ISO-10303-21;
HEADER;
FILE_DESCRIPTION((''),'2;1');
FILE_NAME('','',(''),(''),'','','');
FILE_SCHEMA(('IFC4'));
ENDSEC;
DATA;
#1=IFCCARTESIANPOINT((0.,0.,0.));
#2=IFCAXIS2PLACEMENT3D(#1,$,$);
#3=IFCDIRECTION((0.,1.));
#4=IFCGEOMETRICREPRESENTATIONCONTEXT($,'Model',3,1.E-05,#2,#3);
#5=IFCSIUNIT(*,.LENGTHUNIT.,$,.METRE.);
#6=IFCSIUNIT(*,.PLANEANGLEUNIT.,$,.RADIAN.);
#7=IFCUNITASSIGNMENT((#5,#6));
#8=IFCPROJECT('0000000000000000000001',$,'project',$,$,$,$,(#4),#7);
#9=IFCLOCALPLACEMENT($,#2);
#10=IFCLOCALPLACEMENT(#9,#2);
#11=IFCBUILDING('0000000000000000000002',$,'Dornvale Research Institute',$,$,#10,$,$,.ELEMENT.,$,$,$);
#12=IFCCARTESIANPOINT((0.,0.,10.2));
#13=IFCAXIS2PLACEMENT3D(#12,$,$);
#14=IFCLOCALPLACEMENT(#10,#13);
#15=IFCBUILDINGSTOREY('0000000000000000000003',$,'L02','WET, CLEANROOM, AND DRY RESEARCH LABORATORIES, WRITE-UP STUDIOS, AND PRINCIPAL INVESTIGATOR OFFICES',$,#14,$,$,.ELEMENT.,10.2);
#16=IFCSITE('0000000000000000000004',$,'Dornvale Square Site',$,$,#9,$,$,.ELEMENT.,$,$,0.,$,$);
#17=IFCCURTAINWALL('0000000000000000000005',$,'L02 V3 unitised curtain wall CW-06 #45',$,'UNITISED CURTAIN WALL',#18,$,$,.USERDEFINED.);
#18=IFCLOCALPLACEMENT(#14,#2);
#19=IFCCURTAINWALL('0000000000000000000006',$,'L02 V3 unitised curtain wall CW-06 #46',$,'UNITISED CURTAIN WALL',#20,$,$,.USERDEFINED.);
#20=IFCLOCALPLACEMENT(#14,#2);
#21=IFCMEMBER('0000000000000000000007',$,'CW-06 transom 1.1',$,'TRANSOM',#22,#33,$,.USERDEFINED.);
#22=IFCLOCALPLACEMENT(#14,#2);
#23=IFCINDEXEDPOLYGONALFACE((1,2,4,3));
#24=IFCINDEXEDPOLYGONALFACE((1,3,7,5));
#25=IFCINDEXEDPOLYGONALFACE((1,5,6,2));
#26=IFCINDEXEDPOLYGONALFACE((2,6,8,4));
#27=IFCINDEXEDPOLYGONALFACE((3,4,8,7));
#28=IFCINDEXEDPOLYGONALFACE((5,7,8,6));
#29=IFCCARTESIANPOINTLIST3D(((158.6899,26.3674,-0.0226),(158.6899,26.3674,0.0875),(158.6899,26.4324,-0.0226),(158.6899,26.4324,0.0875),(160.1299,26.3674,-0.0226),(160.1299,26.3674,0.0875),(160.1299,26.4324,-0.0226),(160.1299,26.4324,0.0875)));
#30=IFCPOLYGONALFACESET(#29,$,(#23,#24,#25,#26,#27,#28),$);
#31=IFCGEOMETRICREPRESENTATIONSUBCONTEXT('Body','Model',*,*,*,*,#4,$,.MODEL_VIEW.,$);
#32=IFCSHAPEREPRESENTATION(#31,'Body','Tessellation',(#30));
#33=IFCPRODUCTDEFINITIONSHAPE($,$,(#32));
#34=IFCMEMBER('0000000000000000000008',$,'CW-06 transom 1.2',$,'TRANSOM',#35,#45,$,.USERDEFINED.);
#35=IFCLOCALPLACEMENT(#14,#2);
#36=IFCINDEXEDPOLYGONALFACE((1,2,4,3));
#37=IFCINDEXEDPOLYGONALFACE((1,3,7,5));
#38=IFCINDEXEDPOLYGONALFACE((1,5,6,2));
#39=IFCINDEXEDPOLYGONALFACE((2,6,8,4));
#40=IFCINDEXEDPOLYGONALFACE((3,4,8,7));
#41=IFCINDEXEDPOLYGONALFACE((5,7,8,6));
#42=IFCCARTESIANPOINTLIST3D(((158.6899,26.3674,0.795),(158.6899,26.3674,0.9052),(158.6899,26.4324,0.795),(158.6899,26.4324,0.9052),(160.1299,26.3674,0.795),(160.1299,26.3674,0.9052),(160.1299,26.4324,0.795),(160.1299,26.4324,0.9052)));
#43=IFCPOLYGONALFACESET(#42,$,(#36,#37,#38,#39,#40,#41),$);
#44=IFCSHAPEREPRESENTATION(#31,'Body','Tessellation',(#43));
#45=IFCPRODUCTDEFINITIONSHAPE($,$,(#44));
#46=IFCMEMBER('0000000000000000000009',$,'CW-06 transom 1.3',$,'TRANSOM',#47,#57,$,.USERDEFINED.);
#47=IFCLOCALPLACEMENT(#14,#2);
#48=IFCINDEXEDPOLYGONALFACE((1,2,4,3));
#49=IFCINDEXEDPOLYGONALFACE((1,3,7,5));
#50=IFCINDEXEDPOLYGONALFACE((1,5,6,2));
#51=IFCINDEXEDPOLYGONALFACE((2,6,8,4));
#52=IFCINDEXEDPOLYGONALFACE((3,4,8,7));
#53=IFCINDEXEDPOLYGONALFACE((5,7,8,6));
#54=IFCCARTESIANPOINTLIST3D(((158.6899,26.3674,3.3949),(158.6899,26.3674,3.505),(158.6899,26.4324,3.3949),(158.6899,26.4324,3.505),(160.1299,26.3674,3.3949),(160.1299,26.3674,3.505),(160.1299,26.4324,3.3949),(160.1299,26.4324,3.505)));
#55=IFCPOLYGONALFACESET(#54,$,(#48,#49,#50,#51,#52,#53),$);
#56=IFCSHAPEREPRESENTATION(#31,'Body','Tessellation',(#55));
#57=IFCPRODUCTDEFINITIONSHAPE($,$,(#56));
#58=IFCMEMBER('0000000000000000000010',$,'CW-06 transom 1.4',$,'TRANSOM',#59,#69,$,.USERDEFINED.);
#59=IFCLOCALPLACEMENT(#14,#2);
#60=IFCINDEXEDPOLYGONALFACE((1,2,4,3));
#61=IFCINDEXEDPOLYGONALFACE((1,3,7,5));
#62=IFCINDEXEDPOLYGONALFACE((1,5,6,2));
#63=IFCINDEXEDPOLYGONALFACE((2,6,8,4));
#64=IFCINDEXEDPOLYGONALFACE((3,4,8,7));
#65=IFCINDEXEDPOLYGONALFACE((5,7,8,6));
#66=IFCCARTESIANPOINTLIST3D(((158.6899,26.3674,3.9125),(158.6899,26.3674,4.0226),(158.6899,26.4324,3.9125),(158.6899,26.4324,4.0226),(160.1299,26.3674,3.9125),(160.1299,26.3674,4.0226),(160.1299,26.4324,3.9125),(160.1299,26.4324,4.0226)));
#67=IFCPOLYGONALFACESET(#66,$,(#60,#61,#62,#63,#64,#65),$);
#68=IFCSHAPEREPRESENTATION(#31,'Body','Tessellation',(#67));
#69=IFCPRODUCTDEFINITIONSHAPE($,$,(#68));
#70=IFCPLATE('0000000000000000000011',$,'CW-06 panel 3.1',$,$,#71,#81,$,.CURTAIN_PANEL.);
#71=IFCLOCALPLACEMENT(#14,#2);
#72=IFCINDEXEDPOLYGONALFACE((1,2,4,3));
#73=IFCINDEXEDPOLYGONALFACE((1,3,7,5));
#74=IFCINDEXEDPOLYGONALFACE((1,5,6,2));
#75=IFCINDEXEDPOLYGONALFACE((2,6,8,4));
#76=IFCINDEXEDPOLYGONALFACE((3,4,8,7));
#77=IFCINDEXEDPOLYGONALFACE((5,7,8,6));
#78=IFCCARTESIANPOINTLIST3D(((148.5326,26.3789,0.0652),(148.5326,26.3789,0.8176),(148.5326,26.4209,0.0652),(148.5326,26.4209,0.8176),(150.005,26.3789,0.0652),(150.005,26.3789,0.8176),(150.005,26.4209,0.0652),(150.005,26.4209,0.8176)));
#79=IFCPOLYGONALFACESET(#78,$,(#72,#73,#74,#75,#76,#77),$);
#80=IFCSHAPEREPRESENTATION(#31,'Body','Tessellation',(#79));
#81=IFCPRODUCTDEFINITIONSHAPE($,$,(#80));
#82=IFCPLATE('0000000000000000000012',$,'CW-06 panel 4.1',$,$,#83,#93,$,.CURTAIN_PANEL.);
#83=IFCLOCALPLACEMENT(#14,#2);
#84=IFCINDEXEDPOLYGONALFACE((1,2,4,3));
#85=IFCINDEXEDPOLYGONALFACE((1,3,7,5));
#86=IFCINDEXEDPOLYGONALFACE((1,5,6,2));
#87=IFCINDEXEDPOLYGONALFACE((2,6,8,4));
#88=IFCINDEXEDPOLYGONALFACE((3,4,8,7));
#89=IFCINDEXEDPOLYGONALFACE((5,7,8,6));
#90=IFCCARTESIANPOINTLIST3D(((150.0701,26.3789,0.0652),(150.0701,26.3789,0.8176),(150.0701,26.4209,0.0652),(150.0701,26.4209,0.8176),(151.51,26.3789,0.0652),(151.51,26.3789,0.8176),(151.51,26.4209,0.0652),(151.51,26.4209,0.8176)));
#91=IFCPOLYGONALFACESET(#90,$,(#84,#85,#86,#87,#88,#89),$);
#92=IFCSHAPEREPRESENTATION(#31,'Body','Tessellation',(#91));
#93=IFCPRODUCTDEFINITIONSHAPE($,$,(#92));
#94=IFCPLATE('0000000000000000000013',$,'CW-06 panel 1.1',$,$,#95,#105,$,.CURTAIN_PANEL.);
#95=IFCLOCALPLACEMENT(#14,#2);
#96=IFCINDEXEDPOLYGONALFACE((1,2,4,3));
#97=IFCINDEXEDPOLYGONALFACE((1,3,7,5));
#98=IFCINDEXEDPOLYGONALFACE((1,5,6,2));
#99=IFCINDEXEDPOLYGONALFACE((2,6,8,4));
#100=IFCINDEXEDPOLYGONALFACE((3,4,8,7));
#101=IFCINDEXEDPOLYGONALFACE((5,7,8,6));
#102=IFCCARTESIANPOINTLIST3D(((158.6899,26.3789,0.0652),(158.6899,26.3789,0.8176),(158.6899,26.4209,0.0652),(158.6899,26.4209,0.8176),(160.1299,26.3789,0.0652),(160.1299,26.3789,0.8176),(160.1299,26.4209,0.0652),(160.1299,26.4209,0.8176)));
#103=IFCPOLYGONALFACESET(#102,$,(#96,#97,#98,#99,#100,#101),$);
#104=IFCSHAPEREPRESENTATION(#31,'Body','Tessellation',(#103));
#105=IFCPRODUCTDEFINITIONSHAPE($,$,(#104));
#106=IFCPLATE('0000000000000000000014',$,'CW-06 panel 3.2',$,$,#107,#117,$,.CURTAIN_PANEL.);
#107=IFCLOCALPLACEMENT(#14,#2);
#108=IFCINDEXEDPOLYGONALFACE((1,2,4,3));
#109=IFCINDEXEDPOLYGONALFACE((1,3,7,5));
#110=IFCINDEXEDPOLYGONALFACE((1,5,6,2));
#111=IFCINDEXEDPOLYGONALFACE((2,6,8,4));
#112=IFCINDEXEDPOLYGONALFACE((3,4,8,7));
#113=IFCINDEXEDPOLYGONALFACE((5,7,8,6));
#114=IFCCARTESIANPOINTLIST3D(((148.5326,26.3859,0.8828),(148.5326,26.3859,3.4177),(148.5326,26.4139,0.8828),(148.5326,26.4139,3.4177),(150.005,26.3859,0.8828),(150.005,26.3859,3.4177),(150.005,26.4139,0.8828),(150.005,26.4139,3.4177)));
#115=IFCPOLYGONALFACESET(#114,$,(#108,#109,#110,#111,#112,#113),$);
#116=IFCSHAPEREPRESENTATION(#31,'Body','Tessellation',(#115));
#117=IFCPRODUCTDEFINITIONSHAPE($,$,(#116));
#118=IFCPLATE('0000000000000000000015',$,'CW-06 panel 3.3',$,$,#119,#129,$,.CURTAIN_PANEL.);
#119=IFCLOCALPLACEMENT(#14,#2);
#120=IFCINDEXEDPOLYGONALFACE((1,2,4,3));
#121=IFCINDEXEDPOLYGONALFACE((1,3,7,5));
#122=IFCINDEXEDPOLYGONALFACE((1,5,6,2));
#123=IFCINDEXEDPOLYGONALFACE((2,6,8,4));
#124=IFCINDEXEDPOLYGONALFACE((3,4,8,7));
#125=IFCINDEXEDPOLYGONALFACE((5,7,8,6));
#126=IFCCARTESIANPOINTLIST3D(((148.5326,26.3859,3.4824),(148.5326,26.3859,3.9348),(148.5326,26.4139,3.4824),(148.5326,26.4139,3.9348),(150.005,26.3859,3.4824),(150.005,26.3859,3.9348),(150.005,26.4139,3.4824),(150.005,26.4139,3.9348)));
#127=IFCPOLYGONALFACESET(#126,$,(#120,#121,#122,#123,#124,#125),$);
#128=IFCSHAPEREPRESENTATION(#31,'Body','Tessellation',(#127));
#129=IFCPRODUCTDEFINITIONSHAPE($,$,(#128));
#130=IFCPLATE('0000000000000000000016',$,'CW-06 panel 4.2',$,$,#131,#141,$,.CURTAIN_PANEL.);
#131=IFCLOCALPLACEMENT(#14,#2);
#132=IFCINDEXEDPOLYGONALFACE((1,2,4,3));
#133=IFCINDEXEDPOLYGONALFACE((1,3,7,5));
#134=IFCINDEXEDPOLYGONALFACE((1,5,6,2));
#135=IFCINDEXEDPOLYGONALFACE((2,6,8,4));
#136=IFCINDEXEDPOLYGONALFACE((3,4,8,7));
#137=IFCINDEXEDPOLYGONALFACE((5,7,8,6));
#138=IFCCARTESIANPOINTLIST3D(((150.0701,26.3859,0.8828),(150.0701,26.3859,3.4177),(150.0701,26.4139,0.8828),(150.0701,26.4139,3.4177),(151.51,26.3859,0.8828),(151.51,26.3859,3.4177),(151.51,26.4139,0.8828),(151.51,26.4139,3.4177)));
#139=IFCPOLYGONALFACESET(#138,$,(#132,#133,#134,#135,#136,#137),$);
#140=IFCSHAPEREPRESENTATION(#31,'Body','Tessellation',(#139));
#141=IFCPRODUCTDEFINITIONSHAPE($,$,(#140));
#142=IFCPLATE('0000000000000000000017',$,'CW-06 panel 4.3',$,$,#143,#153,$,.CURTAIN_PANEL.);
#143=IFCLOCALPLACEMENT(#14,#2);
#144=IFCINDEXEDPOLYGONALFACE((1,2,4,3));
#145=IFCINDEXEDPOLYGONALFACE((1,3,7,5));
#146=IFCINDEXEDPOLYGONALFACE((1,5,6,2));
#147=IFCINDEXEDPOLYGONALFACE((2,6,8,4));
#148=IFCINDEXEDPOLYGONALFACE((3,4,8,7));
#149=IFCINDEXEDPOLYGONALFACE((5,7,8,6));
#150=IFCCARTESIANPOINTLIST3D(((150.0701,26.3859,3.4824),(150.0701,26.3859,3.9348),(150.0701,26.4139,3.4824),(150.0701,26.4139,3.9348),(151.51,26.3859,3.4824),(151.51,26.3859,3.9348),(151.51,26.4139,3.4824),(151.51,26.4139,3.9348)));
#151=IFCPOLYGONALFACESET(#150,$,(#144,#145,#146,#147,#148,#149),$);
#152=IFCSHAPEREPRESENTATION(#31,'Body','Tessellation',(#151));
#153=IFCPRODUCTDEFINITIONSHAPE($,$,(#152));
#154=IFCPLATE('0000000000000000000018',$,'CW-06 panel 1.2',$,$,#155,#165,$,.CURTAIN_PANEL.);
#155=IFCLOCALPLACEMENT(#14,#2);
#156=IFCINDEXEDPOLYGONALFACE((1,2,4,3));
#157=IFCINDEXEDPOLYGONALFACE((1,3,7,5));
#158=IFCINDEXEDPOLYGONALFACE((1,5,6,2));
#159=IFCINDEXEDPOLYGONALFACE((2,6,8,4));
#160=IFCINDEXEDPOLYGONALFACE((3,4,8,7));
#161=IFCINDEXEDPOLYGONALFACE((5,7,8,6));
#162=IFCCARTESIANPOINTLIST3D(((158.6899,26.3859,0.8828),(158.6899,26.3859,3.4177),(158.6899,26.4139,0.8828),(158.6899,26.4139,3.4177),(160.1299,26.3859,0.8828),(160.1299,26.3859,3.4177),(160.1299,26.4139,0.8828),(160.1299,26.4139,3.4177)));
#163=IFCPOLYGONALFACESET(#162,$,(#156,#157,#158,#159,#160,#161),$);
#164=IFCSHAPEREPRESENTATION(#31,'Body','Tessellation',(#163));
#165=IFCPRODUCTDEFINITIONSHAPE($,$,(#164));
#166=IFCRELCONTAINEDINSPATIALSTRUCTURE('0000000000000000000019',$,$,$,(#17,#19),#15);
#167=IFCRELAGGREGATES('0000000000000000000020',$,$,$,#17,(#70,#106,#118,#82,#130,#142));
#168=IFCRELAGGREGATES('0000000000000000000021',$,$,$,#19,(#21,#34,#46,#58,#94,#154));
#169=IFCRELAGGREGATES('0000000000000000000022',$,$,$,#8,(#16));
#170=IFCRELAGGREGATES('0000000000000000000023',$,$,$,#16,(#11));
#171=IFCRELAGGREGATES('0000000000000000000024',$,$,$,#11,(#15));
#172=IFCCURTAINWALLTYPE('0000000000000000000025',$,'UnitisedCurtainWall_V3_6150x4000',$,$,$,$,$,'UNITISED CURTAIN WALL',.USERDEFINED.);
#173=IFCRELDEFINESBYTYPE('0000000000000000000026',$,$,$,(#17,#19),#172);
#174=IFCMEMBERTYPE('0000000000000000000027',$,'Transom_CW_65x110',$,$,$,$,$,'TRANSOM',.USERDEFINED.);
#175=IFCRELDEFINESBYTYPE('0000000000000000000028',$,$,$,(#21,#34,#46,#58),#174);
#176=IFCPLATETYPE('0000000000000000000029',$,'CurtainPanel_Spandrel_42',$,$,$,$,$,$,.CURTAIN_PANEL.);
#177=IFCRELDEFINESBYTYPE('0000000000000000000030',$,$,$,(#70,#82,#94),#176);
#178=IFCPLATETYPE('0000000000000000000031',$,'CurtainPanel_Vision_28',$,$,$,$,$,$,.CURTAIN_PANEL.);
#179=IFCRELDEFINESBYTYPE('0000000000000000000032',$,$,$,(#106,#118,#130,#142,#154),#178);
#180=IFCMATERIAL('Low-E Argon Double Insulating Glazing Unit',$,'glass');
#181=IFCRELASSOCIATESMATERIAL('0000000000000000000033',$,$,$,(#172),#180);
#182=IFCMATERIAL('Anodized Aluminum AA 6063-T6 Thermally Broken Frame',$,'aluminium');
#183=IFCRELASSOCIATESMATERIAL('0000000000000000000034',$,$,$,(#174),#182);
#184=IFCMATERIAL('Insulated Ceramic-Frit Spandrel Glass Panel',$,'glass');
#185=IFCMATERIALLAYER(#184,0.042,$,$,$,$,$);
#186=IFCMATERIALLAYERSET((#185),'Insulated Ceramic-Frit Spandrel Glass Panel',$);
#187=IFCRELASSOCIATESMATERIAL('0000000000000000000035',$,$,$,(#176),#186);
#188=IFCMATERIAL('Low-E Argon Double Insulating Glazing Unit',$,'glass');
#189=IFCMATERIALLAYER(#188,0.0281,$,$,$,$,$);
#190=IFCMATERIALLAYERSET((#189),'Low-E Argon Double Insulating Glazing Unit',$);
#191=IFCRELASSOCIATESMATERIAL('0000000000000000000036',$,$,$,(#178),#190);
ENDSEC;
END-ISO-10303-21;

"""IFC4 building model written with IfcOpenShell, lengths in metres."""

from ifc_helpers import new_model, si_unit, direction, frame, origin, origin_2d, place, context, subcontext, project, spatial, rectangle, extrude, material, layer, layer_set, material_profile, profile_set, type_object, element, aggregate, save


model = new_model("IFC4")

# Units and contexts
model_context = context("Model", 3, precision=1e-05, world=origin(), true_north=direction((0.0, 1.0)))
body_context = subcontext(model_context, "Body", "Model", "MODEL_VIEW")
ifc_project = project(units=[si_unit("LENGTHUNIT", "METRE"), si_unit("PLANEANGLEUNIT", "RADIAN")], contexts=[model_context])

# Site, building, storey
site_placement = place(None, origin())
site = spatial("IfcSite", under=ifc_project, at=site_placement, Name="Dornvale Square Site", CompositionType="ELEMENT", RefElevation=0.0)
building_placement = place(site_placement, origin())
building = spatial("IfcBuilding", under=site, at=building_placement, Name="Dornvale Research Institute", CompositionType="ELEMENT")
storey_placement = place(building_placement, frame((0.0, 0.0, 10.2)))
storey = spatial("IfcBuildingStorey", under=building, at=storey_placement, Name="L02", Description="WET, CLEANROOM, AND DRY RESEARCH LABORATORIES, WRITE-UP STUDIOS, AND PRINCIPAL INVESTIGATOR OFFICES", CompositionType="ELEMENT", Elevation=10.2)

# Curtain wall
ifc_material_1 = material(Name="Low-E Argon Double Insulating Glazing Unit", Category="glass")
curtain_wall_type = type_object("IfcCurtainWallType", Name="UnitisedCurtainWall_V3_6150x4000", ElementType="UNITISED CURTAIN WALL", PredefinedType="USERDEFINED", material=ifc_material_1)
curtain_wall_1_placement = place(storey_placement, origin())
curtain_wall_1 = element("IfcCurtainWall", 1, at=curtain_wall_1_placement, inside=storey, type_object=curtain_wall_type, Name="L02 V3 unitised curtain wall CW-06 #45", ObjectType="UNITISED CURTAIN WALL", PredefinedType="USERDEFINED")

# Curtain wall
curtain_wall_2_placement = place(storey_placement, origin())
curtain_wall_2 = element("IfcCurtainWall", 2, at=curtain_wall_2_placement, inside=storey, type_object=curtain_wall_type, Name="L02 V3 unitised curtain wall CW-06 #46", ObjectType="UNITISED CURTAIN WALL", PredefinedType="USERDEFINED")

# Members
ifc_material_2 = material(Name="Anodized Aluminum AA 6063-T6 Thermally Broken Frame", Category="aluminium")
ifc_material_profile_1 = material_profile(ifc_material_2, rectangle(XDim=0.0649, YDim=0.1101, at=origin_2d()), Name="ALU TRANSOM 65x110")
ifc_profile_set_1 = profile_set([ifc_material_profile_1], Name="Anodized Aluminum AA 6063-T6 Thermally Broken Frame")
member_type_1 = type_object("IfcMemberType", Name="Transom_CW_65x110", ElementType="TRANSOM", PredefinedType="USERDEFINED", material=ifc_profile_set_1)
member_1_placement = place(storey_placement, frame((158.6899, 26.3999, 0.0325), z_axis=(1.0, 0.0, 0.0), x_axis=(0.0, 1.0, 0.0)))
member_1 = element("IfcMember", 3, at=member_1_placement, type_object=member_type_1, Name="CW-06 transom 1.1", ObjectType="TRANSOM", PredefinedType="USERDEFINED", context=body_context, shape_type="SweptSolid", body=[
    extrude(rectangle(XDim=0.0649, YDim=0.1101, at=origin_2d()), origin(), (0.0, 0.0, 1.0), 1.4399),
])
member_2_placement = place(storey_placement, frame((158.6899, 26.3999, 0.8501), z_axis=(1.0, 0.0, 0.0), x_axis=(0.0, 1.0, 0.0)))
member_2 = element("IfcMember", 4, at=member_2_placement, type_object=member_type_1, Name="CW-06 transom 1.2", ObjectType="TRANSOM", PredefinedType="USERDEFINED", context=body_context, shape_type="SweptSolid", body=[
    extrude(rectangle(XDim=0.0649, YDim=0.1101, at=origin_2d()), origin(), (0.0, 0.0, 1.0), 1.4399),
])
member_3_placement = place(storey_placement, frame((158.6899, 26.3999, 3.45), z_axis=(1.0, 0.0, 0.0), x_axis=(0.0, 1.0, 0.0)))
member_3 = element("IfcMember", 5, at=member_3_placement, type_object=member_type_1, Name="CW-06 transom 1.3", ObjectType="TRANSOM", PredefinedType="USERDEFINED", context=body_context, shape_type="SweptSolid", body=[
    extrude(rectangle(XDim=0.0649, YDim=0.1101, at=origin_2d()), origin(), (0.0, 0.0, 1.0), 1.4399),
])
member_4_placement = place(storey_placement, frame((158.6899, 26.3999, 3.9675), z_axis=(1.0, 0.0, 0.0), x_axis=(0.0, 1.0, 0.0)))
member_4 = element("IfcMember", 6, at=member_4_placement, type_object=member_type_1, Name="CW-06 transom 1.4", ObjectType="TRANSOM", PredefinedType="USERDEFINED", context=body_context, shape_type="SweptSolid", body=[
    extrude(rectangle(XDim=0.0649, YDim=0.1101, at=origin_2d()), origin(), (0.0, 0.0, 1.0), 1.4399),
])

# Plates
ifc_material_3 = material(Name="Insulated Ceramic-Frit Spandrel Glass Panel", Category="glass")
ifc_layer_1 = layer(ifc_material_3, 0.042)
ifc_layer_set_1 = layer_set([ifc_layer_1], Name="Insulated Ceramic-Frit Spandrel Glass Panel")
plate_type_1 = type_object("IfcPlateType", Name="CurtainPanel_Spandrel_42", PredefinedType="CURTAIN_PANEL", material=ifc_layer_set_1)
plate_1_placement = place(storey_placement, frame((149.2688, 26.3999, 0.0652), z_axis=(0.0, 0.0, 1.0), x_axis=(1.0, 0.0, 0.0)))
plate_1 = element("IfcPlate", 7, at=plate_1_placement, type_object=plate_type_1, Name="CW-06 panel 3.1", PredefinedType="CURTAIN_PANEL", context=body_context, shape_type="SweptSolid", body=[
    extrude(rectangle(XDim=1.4724, YDim=0.042, at=origin_2d()), origin(), (0.0, 0.0, 1.0), 0.7524),
])
plate_2_placement = place(storey_placement, frame((150.79, 26.3999, 0.0652), z_axis=(0.0, 0.0, 1.0), x_axis=(1.0, 0.0, 0.0)))
plate_2 = element("IfcPlate", 8, at=plate_2_placement, type_object=plate_type_1, Name="CW-06 panel 4.1", PredefinedType="CURTAIN_PANEL", context=body_context, shape_type="SweptSolid", body=[
    extrude(rectangle(XDim=1.4399, YDim=0.042, at=origin_2d()), origin(), (0.0, 0.0, 1.0), 0.7524),
])
plate_3_placement = place(storey_placement, frame((159.4099, 26.3999, 0.0652), z_axis=(0.0, 0.0, 1.0), x_axis=(1.0, 0.0, 0.0)))
plate_3 = element("IfcPlate", 9, at=plate_3_placement, type_object=plate_type_1, Name="CW-06 panel 1.1", PredefinedType="CURTAIN_PANEL", context=body_context, shape_type="SweptSolid", body=[
    extrude(rectangle(XDim=1.4399, YDim=0.042, at=origin_2d()), origin(), (0.0, 0.0, 1.0), 0.7524),
])
ifc_material_4 = material(Name="Low-E Argon Double Insulating Glazing Unit", Category="glass")
ifc_layer_2 = layer(ifc_material_4, 0.0281)
ifc_layer_set_2 = layer_set([ifc_layer_2], Name="Low-E Argon Double Insulating Glazing Unit")
plate_type_2 = type_object("IfcPlateType", Name="CurtainPanel_Vision_28", PredefinedType="CURTAIN_PANEL", material=ifc_layer_set_2)
plate_4_placement = place(storey_placement, frame((149.2688, 26.3999, 0.8828), z_axis=(0.0, 0.0, 1.0), x_axis=(1.0, 0.0, 0.0)))
plate_4 = element("IfcPlate", 10, at=plate_4_placement, type_object=plate_type_2, Name="CW-06 panel 3.2", PredefinedType="CURTAIN_PANEL", context=body_context, shape_type="SweptSolid", body=[
    extrude(rectangle(XDim=1.4724, YDim=0.0281, at=origin_2d()), origin(), (0.0, 0.0, 1.0), 2.5349),
])
plate_5_placement = place(storey_placement, frame((149.2688, 26.3999, 3.4824), z_axis=(0.0, 0.0, 1.0), x_axis=(1.0, 0.0, 0.0)))
plate_5 = element("IfcPlate", 11, at=plate_5_placement, type_object=plate_type_2, Name="CW-06 panel 3.3", PredefinedType="CURTAIN_PANEL", context=body_context, shape_type="SweptSolid", body=[
    extrude(rectangle(XDim=1.4724, YDim=0.0281, at=origin_2d()), origin(), (0.0, 0.0, 1.0), 0.4524),
])
plate_6_placement = place(storey_placement, frame((150.79, 26.3999, 0.8828), z_axis=(0.0, 0.0, 1.0), x_axis=(1.0, 0.0, 0.0)))
plate_6 = element("IfcPlate", 12, at=plate_6_placement, type_object=plate_type_2, Name="CW-06 panel 4.2", PredefinedType="CURTAIN_PANEL", context=body_context, shape_type="SweptSolid", body=[
    extrude(rectangle(XDim=1.4399, YDim=0.0281, at=origin_2d()), origin(), (0.0, 0.0, 1.0), 2.5349),
])
plate_7_placement = place(storey_placement, frame((150.79, 26.3999, 3.4824), z_axis=(0.0, 0.0, 1.0), x_axis=(1.0, 0.0, 0.0)))
plate_7 = element("IfcPlate", 13, at=plate_7_placement, type_object=plate_type_2, Name="CW-06 panel 4.3", PredefinedType="CURTAIN_PANEL", context=body_context, shape_type="SweptSolid", body=[
    extrude(rectangle(XDim=1.4399, YDim=0.0281, at=origin_2d()), origin(), (0.0, 0.0, 1.0), 0.4524),
])
aggregate(curtain_wall_1, [plate_1, plate_4, plate_5, plate_2, plate_6, plate_7])
plate_8_placement = place(storey_placement, frame((159.4099, 26.3999, 0.8828), z_axis=(0.0, 0.0, 1.0), x_axis=(1.0, 0.0, 0.0)))
plate_8 = element("IfcPlate", 14, at=plate_8_placement, type_object=plate_type_2, Name="CW-06 panel 1.2", PredefinedType="CURTAIN_PANEL", context=body_context, shape_type="SweptSolid", body=[
    extrude(rectangle(XDim=1.4399, YDim=0.0281, at=origin_2d()), origin(), (0.0, 0.0, 1.0), 2.5349),
])
aggregate(curtain_wall_2, [member_1, member_2, member_3, member_4, plate_3, plate_8])

save(model, "model.ifc")
